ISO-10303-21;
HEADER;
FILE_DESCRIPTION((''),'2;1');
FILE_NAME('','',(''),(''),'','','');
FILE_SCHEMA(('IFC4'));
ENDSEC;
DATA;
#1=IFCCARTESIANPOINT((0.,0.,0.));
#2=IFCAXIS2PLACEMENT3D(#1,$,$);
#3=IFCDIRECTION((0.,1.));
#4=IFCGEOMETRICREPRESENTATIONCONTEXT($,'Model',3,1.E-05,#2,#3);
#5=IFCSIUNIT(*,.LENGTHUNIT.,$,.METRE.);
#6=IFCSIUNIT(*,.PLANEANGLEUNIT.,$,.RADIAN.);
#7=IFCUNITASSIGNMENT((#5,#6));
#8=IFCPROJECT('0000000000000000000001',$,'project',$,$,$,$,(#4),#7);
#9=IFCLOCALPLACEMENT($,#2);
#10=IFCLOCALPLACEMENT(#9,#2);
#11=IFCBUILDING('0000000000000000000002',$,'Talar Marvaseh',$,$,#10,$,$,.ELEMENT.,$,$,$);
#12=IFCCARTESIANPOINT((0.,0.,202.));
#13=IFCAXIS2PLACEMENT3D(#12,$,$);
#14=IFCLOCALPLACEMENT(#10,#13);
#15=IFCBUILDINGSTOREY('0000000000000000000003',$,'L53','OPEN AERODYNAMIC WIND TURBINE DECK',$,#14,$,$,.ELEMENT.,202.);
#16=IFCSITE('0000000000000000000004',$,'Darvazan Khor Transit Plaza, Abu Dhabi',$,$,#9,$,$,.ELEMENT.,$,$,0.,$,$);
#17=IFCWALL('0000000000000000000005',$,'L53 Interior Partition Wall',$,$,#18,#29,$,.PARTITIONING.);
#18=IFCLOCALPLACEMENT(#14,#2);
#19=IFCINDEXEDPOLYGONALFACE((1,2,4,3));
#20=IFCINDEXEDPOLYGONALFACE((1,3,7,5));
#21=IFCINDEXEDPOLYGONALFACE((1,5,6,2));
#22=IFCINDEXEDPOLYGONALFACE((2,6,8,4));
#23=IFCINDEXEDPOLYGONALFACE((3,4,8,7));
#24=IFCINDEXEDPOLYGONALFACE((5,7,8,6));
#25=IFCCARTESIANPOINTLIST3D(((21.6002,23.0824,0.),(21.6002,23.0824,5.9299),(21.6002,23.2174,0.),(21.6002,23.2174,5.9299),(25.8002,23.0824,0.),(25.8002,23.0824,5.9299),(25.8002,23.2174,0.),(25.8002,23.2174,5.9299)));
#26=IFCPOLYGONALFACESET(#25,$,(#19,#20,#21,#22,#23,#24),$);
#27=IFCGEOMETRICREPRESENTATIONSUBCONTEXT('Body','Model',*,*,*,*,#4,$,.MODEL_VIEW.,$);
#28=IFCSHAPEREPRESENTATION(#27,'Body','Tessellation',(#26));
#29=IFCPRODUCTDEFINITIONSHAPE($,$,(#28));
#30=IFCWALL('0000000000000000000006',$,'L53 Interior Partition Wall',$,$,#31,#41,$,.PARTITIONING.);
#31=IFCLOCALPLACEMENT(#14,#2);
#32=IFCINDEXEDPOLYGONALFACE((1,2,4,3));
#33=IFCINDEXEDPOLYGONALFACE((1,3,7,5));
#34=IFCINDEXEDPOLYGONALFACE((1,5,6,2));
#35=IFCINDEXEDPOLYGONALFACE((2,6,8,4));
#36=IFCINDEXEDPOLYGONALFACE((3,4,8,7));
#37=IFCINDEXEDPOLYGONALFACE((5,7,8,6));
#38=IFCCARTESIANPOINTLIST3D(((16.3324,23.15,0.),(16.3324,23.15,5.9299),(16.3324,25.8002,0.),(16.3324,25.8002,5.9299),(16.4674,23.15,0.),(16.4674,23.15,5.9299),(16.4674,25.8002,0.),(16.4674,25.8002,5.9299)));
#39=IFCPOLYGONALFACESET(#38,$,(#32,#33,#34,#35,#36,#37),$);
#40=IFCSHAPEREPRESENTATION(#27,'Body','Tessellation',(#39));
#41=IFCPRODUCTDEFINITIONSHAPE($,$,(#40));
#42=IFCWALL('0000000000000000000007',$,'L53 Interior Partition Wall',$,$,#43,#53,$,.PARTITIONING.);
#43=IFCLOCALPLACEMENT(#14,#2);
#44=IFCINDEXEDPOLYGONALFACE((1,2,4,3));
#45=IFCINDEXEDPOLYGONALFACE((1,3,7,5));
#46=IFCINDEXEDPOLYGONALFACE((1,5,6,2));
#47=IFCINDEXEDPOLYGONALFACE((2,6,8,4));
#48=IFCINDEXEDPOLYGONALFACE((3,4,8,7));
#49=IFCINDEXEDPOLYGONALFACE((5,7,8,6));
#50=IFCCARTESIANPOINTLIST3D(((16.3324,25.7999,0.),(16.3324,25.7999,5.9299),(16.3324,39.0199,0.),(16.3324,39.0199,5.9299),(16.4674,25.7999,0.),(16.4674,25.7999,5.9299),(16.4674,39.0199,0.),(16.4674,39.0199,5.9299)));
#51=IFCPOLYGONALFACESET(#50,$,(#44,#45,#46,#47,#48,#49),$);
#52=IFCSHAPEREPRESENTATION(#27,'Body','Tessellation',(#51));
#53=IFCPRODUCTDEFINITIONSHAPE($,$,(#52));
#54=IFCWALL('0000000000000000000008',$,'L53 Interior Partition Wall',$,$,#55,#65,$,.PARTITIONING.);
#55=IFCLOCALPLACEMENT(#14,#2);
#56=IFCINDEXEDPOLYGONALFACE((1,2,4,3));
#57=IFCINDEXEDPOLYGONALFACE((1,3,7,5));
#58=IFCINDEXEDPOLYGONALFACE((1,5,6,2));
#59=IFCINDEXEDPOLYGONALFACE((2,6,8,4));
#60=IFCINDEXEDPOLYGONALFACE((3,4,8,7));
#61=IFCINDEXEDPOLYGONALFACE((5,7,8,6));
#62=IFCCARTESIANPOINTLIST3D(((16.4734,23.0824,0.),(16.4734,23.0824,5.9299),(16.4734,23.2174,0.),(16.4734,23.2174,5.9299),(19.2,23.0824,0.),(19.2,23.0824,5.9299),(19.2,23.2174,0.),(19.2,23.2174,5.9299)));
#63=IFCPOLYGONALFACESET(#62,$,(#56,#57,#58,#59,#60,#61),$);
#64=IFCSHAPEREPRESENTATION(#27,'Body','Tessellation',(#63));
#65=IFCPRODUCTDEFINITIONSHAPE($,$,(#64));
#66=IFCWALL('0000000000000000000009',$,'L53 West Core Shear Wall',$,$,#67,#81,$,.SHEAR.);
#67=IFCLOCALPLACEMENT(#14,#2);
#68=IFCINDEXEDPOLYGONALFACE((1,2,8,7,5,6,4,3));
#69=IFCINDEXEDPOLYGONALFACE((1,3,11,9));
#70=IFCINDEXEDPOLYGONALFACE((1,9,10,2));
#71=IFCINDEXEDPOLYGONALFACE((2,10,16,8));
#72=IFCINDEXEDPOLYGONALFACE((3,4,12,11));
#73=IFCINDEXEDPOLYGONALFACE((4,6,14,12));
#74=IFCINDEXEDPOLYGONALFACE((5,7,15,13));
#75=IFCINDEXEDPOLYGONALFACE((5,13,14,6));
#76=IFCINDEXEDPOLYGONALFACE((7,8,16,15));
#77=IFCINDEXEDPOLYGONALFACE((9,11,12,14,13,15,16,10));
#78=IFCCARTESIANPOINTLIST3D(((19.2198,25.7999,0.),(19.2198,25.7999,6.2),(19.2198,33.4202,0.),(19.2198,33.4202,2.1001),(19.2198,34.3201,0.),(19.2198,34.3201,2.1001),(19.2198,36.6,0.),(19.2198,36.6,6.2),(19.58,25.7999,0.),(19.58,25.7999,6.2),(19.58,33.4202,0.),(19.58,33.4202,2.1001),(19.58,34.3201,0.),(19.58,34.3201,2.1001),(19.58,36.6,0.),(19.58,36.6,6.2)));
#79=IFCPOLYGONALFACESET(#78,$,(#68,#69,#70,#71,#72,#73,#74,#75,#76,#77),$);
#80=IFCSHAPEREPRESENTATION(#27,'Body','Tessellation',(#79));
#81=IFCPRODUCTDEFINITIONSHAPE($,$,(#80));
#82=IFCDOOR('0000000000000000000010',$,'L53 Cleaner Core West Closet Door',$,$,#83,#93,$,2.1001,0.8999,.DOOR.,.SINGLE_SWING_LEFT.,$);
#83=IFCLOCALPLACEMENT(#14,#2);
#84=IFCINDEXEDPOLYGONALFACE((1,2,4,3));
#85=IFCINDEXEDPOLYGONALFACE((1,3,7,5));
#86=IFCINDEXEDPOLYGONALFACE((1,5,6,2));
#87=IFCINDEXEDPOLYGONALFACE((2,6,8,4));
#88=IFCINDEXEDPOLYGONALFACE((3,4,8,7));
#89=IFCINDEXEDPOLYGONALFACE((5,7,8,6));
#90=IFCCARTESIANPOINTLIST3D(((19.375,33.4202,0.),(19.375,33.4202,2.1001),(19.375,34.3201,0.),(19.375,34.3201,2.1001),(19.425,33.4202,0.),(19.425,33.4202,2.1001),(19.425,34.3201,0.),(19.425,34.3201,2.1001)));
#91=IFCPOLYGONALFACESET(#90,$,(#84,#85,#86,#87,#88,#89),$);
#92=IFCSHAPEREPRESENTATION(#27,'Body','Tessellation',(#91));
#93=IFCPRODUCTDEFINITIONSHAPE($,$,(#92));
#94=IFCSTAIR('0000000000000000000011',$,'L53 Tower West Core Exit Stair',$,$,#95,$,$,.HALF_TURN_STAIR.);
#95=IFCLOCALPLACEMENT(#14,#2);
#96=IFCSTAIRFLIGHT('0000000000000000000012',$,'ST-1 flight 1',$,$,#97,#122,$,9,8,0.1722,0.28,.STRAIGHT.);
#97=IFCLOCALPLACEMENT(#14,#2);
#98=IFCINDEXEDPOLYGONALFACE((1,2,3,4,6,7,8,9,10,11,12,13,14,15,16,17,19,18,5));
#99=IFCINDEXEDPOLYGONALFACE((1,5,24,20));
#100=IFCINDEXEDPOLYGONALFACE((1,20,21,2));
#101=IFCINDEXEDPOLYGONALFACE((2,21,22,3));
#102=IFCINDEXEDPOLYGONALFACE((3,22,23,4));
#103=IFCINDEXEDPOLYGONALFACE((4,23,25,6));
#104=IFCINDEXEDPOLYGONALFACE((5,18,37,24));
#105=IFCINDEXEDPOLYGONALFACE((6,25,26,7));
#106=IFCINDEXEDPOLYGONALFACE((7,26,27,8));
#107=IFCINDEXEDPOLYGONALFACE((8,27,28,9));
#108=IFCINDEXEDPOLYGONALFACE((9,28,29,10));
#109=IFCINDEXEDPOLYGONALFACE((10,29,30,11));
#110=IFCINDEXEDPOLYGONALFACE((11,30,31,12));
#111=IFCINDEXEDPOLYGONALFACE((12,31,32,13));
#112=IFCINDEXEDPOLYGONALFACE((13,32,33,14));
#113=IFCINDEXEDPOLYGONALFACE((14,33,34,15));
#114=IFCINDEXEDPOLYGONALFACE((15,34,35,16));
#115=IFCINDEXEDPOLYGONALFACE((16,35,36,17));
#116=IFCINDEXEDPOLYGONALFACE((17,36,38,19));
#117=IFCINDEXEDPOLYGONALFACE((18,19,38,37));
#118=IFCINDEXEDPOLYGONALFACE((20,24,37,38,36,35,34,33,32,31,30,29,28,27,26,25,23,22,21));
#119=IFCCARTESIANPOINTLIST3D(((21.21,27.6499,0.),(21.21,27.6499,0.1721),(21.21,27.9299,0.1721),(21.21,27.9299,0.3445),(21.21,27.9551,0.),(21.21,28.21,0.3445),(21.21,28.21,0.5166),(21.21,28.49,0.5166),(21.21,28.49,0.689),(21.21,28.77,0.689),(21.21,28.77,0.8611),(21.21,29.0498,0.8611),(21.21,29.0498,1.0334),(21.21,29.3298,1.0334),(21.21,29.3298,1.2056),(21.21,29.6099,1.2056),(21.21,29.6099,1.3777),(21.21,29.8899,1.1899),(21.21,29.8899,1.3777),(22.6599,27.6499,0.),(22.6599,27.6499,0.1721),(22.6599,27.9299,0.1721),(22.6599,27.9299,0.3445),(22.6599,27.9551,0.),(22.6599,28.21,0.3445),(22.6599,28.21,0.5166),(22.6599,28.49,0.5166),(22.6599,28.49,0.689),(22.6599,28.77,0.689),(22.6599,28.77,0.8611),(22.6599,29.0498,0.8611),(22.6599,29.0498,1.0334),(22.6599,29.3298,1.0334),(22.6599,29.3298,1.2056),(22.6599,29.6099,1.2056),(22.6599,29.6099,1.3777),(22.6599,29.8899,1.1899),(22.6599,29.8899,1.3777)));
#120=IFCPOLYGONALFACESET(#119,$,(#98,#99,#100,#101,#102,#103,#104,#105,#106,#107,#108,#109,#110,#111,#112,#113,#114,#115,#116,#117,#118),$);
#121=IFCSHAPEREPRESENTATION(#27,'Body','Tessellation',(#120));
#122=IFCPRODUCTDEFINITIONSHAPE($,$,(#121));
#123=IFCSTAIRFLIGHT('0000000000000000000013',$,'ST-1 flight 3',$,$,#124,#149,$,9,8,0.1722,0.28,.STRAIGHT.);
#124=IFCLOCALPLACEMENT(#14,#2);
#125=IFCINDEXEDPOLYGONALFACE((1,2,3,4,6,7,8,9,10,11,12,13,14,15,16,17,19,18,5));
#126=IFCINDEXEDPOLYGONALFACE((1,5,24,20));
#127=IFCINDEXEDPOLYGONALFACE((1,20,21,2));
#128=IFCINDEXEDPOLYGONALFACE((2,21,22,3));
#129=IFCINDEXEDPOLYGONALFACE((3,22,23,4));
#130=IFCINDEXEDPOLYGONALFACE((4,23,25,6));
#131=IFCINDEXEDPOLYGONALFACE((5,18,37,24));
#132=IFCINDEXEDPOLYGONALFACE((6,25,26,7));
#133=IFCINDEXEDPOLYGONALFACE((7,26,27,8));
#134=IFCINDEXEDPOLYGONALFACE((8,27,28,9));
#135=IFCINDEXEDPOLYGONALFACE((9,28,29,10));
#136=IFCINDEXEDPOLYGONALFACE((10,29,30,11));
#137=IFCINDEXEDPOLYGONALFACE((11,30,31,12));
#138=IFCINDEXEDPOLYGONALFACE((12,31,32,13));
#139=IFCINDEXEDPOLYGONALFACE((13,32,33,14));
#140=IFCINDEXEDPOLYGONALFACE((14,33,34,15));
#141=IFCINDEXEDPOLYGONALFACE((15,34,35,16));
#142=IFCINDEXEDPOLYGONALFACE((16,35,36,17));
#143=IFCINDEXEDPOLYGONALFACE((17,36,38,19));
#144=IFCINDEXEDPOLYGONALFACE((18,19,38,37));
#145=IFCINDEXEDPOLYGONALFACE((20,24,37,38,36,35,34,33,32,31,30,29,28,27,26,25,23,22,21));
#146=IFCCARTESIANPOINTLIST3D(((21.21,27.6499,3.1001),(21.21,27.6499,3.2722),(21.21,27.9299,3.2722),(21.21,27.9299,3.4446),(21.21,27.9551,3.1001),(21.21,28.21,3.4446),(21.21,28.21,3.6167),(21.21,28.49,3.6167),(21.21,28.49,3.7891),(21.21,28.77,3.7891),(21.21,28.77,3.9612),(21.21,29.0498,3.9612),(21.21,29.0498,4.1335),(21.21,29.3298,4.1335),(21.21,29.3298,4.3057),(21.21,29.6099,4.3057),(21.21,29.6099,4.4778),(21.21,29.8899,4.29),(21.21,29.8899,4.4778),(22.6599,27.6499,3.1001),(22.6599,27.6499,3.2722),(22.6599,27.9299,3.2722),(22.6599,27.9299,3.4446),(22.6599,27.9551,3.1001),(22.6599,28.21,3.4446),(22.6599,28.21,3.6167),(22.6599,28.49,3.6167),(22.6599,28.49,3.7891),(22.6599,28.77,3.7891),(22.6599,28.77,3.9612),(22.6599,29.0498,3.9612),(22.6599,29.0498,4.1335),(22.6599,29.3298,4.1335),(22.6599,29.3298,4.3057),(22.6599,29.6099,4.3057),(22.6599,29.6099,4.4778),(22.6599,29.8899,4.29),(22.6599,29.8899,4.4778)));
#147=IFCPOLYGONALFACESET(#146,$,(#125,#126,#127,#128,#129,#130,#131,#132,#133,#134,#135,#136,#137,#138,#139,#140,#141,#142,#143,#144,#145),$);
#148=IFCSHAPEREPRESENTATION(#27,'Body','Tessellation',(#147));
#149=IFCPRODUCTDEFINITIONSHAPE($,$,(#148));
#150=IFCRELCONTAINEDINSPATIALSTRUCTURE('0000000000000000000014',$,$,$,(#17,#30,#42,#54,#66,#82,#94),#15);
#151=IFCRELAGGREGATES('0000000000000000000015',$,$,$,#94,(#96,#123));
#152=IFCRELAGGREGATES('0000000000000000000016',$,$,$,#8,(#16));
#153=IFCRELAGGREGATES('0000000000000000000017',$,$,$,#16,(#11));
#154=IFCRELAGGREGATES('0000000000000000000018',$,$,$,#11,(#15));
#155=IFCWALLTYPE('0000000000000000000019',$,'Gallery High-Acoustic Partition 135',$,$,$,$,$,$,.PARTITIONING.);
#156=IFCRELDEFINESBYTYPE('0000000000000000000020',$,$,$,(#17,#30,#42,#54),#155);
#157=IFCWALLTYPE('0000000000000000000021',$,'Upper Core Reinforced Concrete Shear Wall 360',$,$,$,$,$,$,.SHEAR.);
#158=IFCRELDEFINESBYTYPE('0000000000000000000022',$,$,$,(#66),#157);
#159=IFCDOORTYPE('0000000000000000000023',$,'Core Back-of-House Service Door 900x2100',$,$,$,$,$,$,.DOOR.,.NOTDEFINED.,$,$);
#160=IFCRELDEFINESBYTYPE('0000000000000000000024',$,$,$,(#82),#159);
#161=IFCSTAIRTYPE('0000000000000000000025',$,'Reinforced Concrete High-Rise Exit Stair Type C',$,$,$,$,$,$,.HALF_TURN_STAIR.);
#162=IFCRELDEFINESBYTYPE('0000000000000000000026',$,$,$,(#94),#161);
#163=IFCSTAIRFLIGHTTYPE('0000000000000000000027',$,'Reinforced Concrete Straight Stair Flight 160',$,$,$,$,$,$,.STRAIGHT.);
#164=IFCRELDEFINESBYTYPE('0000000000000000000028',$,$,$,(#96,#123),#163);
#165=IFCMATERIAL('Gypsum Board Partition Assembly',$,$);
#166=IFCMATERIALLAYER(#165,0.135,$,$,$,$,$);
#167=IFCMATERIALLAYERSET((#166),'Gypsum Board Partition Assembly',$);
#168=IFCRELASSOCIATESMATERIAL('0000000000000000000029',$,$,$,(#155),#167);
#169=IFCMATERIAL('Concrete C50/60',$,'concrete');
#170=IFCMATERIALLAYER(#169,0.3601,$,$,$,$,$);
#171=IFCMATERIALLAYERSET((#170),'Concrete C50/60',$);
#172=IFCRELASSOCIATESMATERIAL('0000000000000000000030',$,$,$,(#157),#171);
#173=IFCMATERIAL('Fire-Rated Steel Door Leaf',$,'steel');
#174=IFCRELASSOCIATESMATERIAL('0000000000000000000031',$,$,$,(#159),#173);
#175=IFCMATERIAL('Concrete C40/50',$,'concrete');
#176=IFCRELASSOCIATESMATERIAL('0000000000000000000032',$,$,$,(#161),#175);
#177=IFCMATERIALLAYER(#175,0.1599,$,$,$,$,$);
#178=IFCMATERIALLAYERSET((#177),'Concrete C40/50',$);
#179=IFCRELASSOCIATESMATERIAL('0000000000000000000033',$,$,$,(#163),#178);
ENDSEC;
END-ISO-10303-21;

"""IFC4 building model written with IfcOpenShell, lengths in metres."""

from ifc_helpers import new_model, si_unit, direction, frame, frame_2d, origin, place, context, subcontext, project, spatial, polyline, rectangle, outline, extrude, source, transform, mapped, material, layer, layer_set, type_object, type_shapes, element, fill, aggregate, save


model = new_model("IFC4")

# Units and contexts
model_context = context("Model", 3, precision=1e-05, world=origin(), true_north=direction((0.0, 1.0)))
body_context = subcontext(model_context, "Body", "Model", "MODEL_VIEW")
ifc_project = project(units=[si_unit("LENGTHUNIT", "METRE"), si_unit("PLANEANGLEUNIT", "RADIAN")], contexts=[model_context])

# Site, building, storey
site_placement = place(None, origin())
site = spatial("IfcSite", under=ifc_project, at=site_placement, Name="Darvazan Khor Transit Plaza, Abu Dhabi", CompositionType="ELEMENT", RefElevation=0.0)
building_placement = place(site_placement, origin())
building = spatial("IfcBuilding", under=site, at=building_placement, Name="Talar Marvaseh", CompositionType="ELEMENT")
storey_placement = place(building_placement, frame((0.0, 0.0, 202.0)))
storey = spatial("IfcBuildingStorey", under=building, at=storey_placement, Name="L53", Description="OPEN AERODYNAMIC WIND TURBINE DECK", CompositionType="ELEMENT", Elevation=202.0)

# Shared definitions
ifc_material_1 = material(Name="Gypsum Board Partition Assembly")
ifc_layer_1 = layer(ifc_material_1, 0.135)
ifc_layer_set_1 = layer_set([ifc_layer_1], Name="Gypsum Board Partition Assembly")
wall_type_1 = type_object("IfcWallType", Name="Gallery High-Acoustic Partition 135", PredefinedType="PARTITIONING", material=ifc_layer_set_1)

# Walls
wall_1_placement = place(storey_placement, frame((21.6001, 23.1499, 0.0), z_axis=(0.0, 0.0, 1.0), x_axis=(1.0, 0.0, 0.0)))
element("IfcWall", 1, at=wall_1_placement, inside=storey, type_object=wall_type_1, Name="L53 Interior Partition Wall", PredefinedType="PARTITIONING", context=body_context, shape_type="SweptSolid", body=[
    extrude(rectangle(XDim=4.2, YDim=0.135, at=frame_2d((2.1001, 0.0))), origin(), (0.0, 0.0, 1.0), 5.9299),
])
wall_2_placement = place(storey_placement, frame((16.3999, 23.1499, 0.0), z_axis=(0.0, 0.0, 1.0), x_axis=(0.0, 1.0, 0.0)))
element("IfcWall", 2, at=wall_2_placement, inside=storey, type_object=wall_type_1, Name="L53 Interior Partition Wall", PredefinedType="PARTITIONING", context=body_context, shape_type="SweptSolid", body=[
    extrude(rectangle(XDim=2.6501, YDim=0.135, at=frame_2d((1.3252, 0.0))), origin(), (0.0, 0.0, 1.0), 5.9299),
])
wall_3_placement = place(storey_placement, frame((16.3999, 25.8, 0.0), z_axis=(0.0, 0.0, 1.0), x_axis=(0.0, 1.0, 0.0)))
element("IfcWall", 3, at=wall_3_placement, inside=storey, type_object=wall_type_1, Name="L53 Interior Partition Wall", PredefinedType="PARTITIONING", context=body_context, shape_type="SweptSolid", body=[
    extrude(rectangle(XDim=13.22, YDim=0.135, at=frame_2d((6.6099, 0.0))), origin(), (0.0, 0.0, 1.0), 5.9299),
])
wall_4_placement = place(storey_placement, frame((19.2, 23.1499, 0.0), z_axis=(0.0, 0.0, 1.0), x_axis=(-1.0, 0.0, 0.0)))
element("IfcWall", 4, at=wall_4_placement, inside=storey, type_object=wall_type_1, Name="L53 Interior Partition Wall", PredefinedType="PARTITIONING", context=body_context, shape_type="SweptSolid", body=[
    extrude(rectangle(XDim=2.7266, YDim=0.135, at=frame_2d((1.3633, 0.0))), origin(), (0.0, 0.0, 1.0), 5.9299),
])

# Wall, opening, door
ifc_material_2 = material(Name="Concrete C50/60", Category="concrete")
ifc_layer_2 = layer(ifc_material_2, 0.3601)
ifc_layer_set_2 = layer_set([ifc_layer_2], Name="Concrete C50/60")
wall_type_2 = type_object("IfcWallType", Name="Upper Core Reinforced Concrete Shear Wall 360", PredefinedType="SHEAR", material=ifc_layer_set_2)
wall_5_placement = place(storey_placement, frame((19.3999, 25.8, 0.0), z_axis=(0.0, 0.0, 1.0), x_axis=(0.0, 1.0, 0.0)))
wall_5 = element("IfcWall", 5, at=wall_5_placement, inside=storey, type_object=wall_type_2, Name="L53 West Core Shear Wall", PredefinedType="SHEAR", context=body_context, shape_type="SweptSolid", body=[
    extrude(rectangle(XDim=10.8, YDim=0.3601, at=frame_2d((5.3999, 0.0))), origin(), (0.0, 0.0, 1.0), 6.2),
])
opening_1_placement = place(wall_5_placement, frame((7.6201, 0.0, 0.0)))
opening_1 = element("IfcOpeningElement", 6, at=opening_1_placement, cuts=wall_5, PredefinedType="OPENING", context=body_context, shape_type="SweptSolid", body=[
    extrude(rectangle(XDim=0.8999, YDim=2.1001, at=frame_2d((0.45, 1.05))), frame((0.0, 0.1899, 0.0), z_axis=(0.0, -1.0, 0.0), x_axis=(1.0, 0.0, 0.0)), (0.0, 0.0, 1.0), 0.3801),
])
ifc_material_3 = material(Name="Fire-Rated Steel Door Leaf", Category="steel")
door_type_1 = type_object("IfcDoorType", Name="Core Back-of-House Service Door 900x2100", OperationType="NOTDEFINED", PredefinedType="DOOR", material=ifc_material_3)
shared_shape_1 = source(origin(), body_context, "Body", "SweptSolid", [
    extrude(rectangle(XDim=0.8999, YDim=2.1001, at=frame_2d((0.45, 1.05))), frame((0.0, 0.0249, 0.0), z_axis=(0.0, -1.0, 0.0), x_axis=(1.0, 0.0, 0.0)), (0.0, 0.0, 1.0), 0.05),
])
type_shapes(door_type_1, [shared_shape_1])
door_1_placement = place(opening_1_placement, origin())
door_1 = element("IfcDoor", 7, at=door_1_placement, inside=storey, type_object=door_type_1, Name="L53 Cleaner Core West Closet Door", OperationType="SINGLE_SWING_LEFT", OverallHeight=2.1001, OverallWidth=0.8999, PredefinedType="DOOR", context=body_context, shape_type="MappedRepresentation", body=[
    mapped(shared_shape_1, transform((0.0, 0.0, 0.0), x_axis=(1.0, 0.0, 0.0), y_axis=(0.0, 1.0, 0.0), z_axis=(0.0, 0.0, 1.0), scale=1.0)),
])
fill(opening_1, door_1)

# Stair, stair flights
ifc_material_4 = material(Name="Concrete C40/50", Category="concrete")
stair_type = type_object("IfcStairType", Name="Reinforced Concrete High-Rise Exit Stair Type C", PredefinedType="HALF_TURN_STAIR", material=ifc_material_4)
stair_placement = place(storey_placement, origin())
stair = element("IfcStair", 8, at=stair_placement, inside=storey, type_object=stair_type, Name="L53 Tower West Core Exit Stair", PredefinedType="HALF_TURN_STAIR")
ifc_layer_3 = layer(ifc_material_4, 0.1599)
ifc_layer_set_3 = layer_set([ifc_layer_3], Name="Concrete C40/50")
stair_flight_type = type_object("IfcStairFlightType", Name="Reinforced Concrete Straight Stair Flight 160", PredefinedType="STRAIGHT", material=ifc_layer_set_3)
stair_flight_1_placement = place(storey_placement, frame((21.9351, 27.6499, 0.0), z_axis=(0.0, 0.0, 1.0), x_axis=(0.0, 1.0, 0.0)))
stair_flight_1 = element("IfcStairFlight", 9, at=stair_flight_1_placement, type_object=stair_flight_type, Name="ST-1 flight 1", NumberOfRisers=9, NumberOfTreads=8, PredefinedType="STRAIGHT", RiserHeight=0.1722, TreadLength=0.28, context=body_context, shape_type="SweptSolid", body=[
    extrude(outline(polyline([(0.0, 0.0), (0.0, 0.1721), (0.28, 0.1721), (0.28, 0.3445), (0.5601, 0.3445), (0.5601, 0.5166), (0.8401, 0.5166), (0.8401, 0.689), (1.1201, 0.689), (1.1201, 0.8611), (1.3999, 0.8611), (1.3999, 1.0334), (1.6799, 1.0334), (1.6799, 1.2056), (1.96, 1.2056), (1.96, 1.3777), (2.24, 1.3777), (2.24, 1.55), (2.24, 1.1899), (0.3052, 0.0), (0.0, 0.0)])), frame((0.0, 0.7251, 0.0), z_axis=(0.0, -1.0, 0.0), x_axis=(1.0, 0.0, 0.0)), (0.0, 0.0, 1.0), 1.45),
])
stair_flight_2_placement = place(storey_placement, frame((21.9351, 27.6499, 3.1001), z_axis=(0.0, 0.0, 1.0), x_axis=(0.0, 1.0, 0.0)))
stair_flight_2 = element("IfcStairFlight", 10, at=stair_flight_2_placement, type_object=stair_flight_type, Name="ST-1 flight 3", NumberOfRisers=9, NumberOfTreads=8, PredefinedType="STRAIGHT", RiserHeight=0.1722, TreadLength=0.28, context=body_context, shape_type="SweptSolid", body=[
    extrude(outline(polyline([(0.0, 0.0), (0.0, 0.1721), (0.28, 0.1721), (0.28, 0.3445), (0.5601, 0.3445), (0.5601, 0.5166), (0.8401, 0.5166), (0.8401, 0.689), (1.1201, 0.689), (1.1201, 0.8611), (1.3999, 0.8611), (1.3999, 1.0334), (1.6799, 1.0334), (1.6799, 1.2056), (1.96, 1.2056), (1.96, 1.3777), (2.24, 1.3777), (2.24, 1.55), (2.24, 1.1899), (0.3052, 0.0), (0.0, 0.0)])), frame((0.0, 0.7251, 0.0), z_axis=(0.0, -1.0, 0.0), x_axis=(1.0, 0.0, 0.0)), (0.0, 0.0, 1.0), 1.45),
])
aggregate(stair, [stair_flight_1, stair_flight_2])

save(model, "model.ifc")
